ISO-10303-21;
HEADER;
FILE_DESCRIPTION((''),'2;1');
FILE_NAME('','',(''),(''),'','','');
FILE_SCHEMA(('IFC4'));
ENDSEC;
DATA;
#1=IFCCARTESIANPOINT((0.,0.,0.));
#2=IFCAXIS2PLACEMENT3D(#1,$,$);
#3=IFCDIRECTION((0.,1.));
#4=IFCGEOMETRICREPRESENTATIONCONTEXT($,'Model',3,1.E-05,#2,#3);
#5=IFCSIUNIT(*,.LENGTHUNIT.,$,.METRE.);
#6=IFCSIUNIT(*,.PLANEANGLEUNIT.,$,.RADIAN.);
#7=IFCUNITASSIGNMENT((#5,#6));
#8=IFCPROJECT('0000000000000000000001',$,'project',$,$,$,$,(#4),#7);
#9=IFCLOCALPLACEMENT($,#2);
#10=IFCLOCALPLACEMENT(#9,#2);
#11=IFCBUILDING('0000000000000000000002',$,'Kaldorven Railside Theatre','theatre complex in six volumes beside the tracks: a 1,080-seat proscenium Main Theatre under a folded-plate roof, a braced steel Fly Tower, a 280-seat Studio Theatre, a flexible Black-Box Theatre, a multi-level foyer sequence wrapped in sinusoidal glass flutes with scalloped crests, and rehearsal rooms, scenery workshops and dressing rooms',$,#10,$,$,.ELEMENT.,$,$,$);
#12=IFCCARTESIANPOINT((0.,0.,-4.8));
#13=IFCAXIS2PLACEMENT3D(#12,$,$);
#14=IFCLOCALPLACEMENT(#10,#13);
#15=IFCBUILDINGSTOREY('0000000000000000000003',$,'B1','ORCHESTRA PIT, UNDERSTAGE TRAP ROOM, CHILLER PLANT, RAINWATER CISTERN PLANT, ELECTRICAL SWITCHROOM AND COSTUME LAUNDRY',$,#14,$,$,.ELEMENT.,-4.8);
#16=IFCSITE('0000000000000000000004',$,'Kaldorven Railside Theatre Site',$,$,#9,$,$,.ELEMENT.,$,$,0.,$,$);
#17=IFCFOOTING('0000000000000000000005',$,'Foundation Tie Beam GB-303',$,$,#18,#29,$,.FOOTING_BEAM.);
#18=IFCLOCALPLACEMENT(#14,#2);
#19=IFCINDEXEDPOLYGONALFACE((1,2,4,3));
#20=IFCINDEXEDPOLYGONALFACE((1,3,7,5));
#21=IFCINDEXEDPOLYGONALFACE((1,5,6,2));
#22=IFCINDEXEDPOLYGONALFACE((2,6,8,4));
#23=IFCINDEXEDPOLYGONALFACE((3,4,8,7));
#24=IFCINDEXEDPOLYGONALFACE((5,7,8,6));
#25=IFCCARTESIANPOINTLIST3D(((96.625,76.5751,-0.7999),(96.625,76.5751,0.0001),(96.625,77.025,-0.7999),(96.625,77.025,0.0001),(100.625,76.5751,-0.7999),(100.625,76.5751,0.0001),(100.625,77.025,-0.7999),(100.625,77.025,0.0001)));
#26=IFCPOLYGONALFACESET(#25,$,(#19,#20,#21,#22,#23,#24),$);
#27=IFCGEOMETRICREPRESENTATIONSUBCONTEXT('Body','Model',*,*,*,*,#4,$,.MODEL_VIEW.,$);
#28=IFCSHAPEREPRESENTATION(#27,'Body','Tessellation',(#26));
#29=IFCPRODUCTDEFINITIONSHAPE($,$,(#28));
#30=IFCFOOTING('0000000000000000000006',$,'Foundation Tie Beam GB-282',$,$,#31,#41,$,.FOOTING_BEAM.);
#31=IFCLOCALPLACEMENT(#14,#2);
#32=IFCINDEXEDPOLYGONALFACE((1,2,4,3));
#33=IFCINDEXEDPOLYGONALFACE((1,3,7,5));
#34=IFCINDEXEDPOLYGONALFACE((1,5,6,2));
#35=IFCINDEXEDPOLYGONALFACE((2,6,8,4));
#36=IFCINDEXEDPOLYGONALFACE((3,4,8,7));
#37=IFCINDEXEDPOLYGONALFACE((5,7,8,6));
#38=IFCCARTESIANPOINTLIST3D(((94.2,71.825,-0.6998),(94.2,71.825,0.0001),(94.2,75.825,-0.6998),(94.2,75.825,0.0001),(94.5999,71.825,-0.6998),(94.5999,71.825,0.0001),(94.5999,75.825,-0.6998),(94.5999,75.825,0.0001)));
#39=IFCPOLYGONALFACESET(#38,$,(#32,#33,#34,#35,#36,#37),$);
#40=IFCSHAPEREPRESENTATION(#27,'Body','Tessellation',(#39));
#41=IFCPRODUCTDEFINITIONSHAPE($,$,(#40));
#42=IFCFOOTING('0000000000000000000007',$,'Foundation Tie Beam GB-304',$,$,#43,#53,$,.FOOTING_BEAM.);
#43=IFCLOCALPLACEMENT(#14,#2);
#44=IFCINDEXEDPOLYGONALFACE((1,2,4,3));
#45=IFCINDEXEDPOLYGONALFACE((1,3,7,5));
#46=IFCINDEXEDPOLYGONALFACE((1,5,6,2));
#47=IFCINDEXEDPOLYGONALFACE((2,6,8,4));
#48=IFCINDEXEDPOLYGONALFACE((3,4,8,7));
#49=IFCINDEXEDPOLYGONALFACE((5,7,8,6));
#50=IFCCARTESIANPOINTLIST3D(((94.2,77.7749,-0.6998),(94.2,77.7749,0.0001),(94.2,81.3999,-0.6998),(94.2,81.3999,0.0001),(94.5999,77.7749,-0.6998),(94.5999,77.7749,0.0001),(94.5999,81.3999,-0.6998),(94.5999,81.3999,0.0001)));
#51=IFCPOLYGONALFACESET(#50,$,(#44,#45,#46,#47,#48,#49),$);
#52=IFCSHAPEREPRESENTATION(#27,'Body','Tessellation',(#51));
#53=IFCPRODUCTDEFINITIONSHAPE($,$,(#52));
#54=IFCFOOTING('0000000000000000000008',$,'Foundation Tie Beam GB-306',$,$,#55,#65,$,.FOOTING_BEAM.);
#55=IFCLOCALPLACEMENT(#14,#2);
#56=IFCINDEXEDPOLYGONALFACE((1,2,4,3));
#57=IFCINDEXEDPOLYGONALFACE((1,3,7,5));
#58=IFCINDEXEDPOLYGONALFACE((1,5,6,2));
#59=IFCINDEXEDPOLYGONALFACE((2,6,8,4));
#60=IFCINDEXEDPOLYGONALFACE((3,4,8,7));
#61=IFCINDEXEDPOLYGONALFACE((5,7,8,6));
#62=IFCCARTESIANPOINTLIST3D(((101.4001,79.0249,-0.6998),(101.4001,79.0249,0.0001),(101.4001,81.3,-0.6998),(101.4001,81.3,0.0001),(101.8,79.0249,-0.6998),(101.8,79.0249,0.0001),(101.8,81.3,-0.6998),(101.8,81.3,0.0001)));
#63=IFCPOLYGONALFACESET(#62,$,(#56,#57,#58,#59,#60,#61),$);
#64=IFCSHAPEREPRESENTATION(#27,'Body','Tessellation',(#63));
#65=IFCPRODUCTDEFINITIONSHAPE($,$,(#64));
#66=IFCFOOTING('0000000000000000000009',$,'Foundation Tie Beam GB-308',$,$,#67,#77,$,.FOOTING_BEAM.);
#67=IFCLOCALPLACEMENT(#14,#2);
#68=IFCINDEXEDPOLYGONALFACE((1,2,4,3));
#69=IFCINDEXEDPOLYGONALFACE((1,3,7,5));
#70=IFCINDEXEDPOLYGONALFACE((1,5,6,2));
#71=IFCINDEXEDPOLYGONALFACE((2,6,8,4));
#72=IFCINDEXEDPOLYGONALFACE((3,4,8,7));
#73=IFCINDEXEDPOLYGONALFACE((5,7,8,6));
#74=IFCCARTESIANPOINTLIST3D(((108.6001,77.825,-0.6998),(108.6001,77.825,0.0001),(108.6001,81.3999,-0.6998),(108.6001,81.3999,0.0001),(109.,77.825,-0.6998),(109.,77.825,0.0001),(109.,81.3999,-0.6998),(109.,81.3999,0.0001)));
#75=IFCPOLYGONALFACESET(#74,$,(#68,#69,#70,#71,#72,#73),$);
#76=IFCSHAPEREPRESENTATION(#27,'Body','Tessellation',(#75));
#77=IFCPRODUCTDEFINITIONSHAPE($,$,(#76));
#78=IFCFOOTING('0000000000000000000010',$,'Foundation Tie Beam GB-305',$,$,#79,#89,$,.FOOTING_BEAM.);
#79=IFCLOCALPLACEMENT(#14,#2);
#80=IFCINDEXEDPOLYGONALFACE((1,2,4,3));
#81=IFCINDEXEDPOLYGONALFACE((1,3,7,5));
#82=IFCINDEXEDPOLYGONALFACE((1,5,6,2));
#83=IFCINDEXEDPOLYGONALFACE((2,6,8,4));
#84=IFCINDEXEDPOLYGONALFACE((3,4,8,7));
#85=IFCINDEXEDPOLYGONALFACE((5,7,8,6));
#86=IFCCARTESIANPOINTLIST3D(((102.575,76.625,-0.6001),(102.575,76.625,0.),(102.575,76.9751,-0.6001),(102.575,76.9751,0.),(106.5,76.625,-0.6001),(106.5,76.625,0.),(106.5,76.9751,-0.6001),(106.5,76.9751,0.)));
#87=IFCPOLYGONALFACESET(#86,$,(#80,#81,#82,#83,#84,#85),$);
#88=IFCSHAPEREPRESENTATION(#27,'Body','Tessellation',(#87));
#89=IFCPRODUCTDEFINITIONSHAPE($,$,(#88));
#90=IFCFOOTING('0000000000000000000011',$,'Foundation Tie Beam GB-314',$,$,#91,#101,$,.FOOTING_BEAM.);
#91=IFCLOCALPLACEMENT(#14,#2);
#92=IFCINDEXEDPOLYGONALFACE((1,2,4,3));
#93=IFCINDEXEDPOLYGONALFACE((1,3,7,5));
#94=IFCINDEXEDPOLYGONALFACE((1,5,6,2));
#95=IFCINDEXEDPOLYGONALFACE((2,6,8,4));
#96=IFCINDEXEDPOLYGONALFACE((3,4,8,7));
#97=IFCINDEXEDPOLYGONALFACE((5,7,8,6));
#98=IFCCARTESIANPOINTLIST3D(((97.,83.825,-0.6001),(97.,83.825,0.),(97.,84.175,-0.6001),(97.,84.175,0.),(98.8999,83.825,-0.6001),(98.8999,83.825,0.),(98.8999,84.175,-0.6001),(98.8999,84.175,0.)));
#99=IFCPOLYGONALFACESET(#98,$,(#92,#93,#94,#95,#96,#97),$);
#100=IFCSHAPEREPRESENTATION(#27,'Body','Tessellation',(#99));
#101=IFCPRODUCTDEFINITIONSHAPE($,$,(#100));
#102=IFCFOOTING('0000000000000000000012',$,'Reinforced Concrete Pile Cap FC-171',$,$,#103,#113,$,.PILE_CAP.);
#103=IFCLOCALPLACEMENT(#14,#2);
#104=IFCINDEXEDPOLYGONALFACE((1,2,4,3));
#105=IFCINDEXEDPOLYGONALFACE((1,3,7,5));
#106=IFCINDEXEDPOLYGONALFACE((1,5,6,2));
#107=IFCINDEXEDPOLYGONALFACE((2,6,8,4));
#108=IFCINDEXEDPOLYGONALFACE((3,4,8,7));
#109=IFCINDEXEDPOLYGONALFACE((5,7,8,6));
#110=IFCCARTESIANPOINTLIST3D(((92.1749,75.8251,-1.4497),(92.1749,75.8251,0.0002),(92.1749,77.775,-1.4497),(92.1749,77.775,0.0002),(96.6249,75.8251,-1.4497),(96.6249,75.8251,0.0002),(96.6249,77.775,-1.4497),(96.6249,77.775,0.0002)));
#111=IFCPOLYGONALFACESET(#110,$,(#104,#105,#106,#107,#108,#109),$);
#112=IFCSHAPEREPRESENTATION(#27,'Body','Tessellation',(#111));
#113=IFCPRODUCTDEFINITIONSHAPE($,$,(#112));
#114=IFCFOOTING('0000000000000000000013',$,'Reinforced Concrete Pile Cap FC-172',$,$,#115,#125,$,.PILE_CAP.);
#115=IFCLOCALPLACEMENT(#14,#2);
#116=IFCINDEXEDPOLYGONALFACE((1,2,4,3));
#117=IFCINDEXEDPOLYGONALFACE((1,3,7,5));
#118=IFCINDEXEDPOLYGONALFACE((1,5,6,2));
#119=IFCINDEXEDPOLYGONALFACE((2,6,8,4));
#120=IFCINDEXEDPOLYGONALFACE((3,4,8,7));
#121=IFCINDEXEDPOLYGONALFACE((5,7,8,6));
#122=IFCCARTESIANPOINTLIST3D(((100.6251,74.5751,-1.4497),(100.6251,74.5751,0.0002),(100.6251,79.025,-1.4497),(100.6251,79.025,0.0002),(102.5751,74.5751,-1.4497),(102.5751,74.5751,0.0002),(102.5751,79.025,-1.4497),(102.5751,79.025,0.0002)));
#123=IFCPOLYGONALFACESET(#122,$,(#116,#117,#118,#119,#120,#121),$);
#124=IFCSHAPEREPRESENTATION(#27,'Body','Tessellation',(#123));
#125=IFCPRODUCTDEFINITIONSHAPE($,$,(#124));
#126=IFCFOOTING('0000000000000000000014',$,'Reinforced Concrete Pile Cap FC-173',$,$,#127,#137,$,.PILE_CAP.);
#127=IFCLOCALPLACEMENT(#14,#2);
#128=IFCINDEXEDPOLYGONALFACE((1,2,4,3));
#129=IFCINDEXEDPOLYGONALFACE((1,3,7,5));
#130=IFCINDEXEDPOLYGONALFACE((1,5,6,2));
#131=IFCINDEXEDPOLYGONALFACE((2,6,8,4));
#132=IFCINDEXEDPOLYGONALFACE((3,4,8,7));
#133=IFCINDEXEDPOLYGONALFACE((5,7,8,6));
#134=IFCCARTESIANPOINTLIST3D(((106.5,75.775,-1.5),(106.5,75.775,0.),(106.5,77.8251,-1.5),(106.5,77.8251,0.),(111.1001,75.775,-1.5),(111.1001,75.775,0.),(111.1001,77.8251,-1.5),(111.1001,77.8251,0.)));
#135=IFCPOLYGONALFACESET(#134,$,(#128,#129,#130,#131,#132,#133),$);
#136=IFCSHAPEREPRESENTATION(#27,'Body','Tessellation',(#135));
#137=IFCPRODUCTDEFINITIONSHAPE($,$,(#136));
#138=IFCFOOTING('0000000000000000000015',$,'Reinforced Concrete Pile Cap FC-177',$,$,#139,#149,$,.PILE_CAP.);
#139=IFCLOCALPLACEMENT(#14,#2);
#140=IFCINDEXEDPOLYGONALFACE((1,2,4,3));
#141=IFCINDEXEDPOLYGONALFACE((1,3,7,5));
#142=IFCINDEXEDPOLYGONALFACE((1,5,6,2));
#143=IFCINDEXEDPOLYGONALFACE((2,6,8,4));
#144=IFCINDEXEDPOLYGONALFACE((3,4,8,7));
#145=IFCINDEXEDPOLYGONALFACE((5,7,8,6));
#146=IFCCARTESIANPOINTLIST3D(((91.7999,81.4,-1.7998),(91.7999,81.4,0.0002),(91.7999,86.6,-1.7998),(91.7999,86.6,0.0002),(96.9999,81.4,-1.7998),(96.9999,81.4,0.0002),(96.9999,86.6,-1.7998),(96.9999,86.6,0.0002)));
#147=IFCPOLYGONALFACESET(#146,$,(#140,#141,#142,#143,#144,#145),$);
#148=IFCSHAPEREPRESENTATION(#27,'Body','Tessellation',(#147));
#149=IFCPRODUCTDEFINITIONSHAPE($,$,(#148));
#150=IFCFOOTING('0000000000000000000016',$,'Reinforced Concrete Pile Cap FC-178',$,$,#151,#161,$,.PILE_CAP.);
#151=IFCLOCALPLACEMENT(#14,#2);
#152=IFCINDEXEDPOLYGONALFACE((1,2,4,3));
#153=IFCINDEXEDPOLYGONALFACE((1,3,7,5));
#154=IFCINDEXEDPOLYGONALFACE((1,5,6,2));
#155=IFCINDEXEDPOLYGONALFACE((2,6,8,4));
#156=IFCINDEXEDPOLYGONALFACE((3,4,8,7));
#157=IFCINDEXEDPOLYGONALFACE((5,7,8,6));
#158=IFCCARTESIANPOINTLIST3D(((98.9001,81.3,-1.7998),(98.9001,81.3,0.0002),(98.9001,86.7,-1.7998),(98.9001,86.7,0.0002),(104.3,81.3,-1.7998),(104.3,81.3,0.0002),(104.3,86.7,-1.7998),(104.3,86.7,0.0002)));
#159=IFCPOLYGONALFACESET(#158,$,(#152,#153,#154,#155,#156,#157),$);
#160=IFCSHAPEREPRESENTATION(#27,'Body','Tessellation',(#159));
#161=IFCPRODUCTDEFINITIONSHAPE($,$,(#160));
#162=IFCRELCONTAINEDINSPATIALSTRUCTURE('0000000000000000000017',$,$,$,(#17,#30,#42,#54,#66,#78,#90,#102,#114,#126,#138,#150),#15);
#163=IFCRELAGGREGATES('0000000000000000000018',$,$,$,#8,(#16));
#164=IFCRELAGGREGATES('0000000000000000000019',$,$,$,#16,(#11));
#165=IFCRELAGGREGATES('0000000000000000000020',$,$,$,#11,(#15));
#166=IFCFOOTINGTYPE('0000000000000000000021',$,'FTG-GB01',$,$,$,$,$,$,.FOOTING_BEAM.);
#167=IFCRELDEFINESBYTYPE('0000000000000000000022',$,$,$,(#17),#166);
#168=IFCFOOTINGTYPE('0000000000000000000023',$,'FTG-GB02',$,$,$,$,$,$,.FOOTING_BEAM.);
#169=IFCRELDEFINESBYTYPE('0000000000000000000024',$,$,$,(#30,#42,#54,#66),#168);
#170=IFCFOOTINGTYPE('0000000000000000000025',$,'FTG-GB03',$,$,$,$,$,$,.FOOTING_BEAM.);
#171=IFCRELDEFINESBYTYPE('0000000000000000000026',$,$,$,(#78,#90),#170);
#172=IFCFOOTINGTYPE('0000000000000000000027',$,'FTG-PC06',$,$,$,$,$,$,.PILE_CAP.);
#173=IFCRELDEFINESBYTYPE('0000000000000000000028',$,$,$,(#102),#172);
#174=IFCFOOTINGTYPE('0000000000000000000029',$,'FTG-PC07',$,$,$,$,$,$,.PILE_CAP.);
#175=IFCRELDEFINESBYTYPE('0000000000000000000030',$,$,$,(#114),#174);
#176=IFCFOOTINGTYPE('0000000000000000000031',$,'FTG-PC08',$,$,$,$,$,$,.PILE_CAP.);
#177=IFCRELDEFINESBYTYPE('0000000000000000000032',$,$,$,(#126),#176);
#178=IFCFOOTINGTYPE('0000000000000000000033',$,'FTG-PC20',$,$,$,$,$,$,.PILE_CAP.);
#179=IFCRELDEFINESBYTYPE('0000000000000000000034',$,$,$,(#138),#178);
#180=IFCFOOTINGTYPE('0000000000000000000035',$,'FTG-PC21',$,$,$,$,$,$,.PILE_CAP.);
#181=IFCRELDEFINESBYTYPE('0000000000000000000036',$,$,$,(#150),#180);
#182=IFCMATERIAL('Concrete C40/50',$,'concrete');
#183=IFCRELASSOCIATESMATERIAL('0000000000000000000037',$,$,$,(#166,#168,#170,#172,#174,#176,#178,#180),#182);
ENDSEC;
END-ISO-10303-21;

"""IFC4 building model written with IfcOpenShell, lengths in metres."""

from ifc_helpers import new_model, si_unit, direction, frame, origin, origin_2d, place, context, subcontext, project, spatial, rectangle, extrude, material, material_profile, profile_set, type_object, element, save


model = new_model("IFC4")

# Units and contexts
model_context = context("Model", 3, precision=1e-05, world=origin(), true_north=direction((0.0, 1.0)))
body_context = subcontext(model_context, "Body", "Model", "MODEL_VIEW")
ifc_project = project(units=[si_unit("LENGTHUNIT", "METRE"), si_unit("PLANEANGLEUNIT", "RADIAN")], contexts=[model_context])

# Site, building, storey
site_placement = place(None, origin())
site = spatial("IfcSite", under=ifc_project, at=site_placement, Name="Kaldorven Railside Theatre Site", CompositionType="ELEMENT", RefElevation=0.0)
building_placement = place(site_placement, origin())
building = spatial("IfcBuilding", under=site, at=building_placement, Name="Kaldorven Railside Theatre", Description="theatre complex in six volumes beside the tracks: a 1,080-seat proscenium Main Theatre under a folded-plate roof, a braced steel Fly Tower, a 280-seat Studio Theatre, a flexible Black-Box Theatre, a multi-level foyer sequence wrapped in sinusoidal glass flutes with scalloped crests, and rehearsal rooms, scenery workshops and dressing rooms", CompositionType="ELEMENT")
storey_placement = place(building_placement, frame((0.0, 0.0, -4.8)))
storey = spatial("IfcBuildingStorey", under=building, at=storey_placement, Name="B1", Description="ORCHESTRA PIT, UNDERSTAGE TRAP ROOM, CHILLER PLANT, RAINWATER CISTERN PLANT, ELECTRICAL SWITCHROOM AND COSTUME LAUNDRY", CompositionType="ELEMENT", Elevation=-4.8)

# Footings
ifc_material_1 = material(Name="Concrete C40/50", Category="concrete")
ifc_material_profile_1 = material_profile(ifc_material_1, rectangle(XDim=0.45, YDim=0.8, at=origin_2d()), Name="RC 450x800")
ifc_profile_set_1 = profile_set([ifc_material_profile_1], Name="Concrete C40/50")
footing_type_1 = type_object("IfcFootingType", Name="FTG-GB01", PredefinedType="FOOTING_BEAM", material=ifc_profile_set_1)
footing_1_placement = place(storey_placement, frame((96.625, 76.8, -0.3999), z_axis=(1.0, 0.0, 0.0), x_axis=(0.0, 1.0, 0.0)))
element("IfcFooting", 1, at=footing_1_placement, inside=storey, type_object=footing_type_1, Name="Foundation Tie Beam GB-303", PredefinedType="FOOTING_BEAM", context=body_context, shape_type="SweptSolid", body=[
    extrude(rectangle(XDim=0.45, YDim=0.8, at=origin_2d()), origin(), (0.0, 0.0, 1.0), 4.0),
])
ifc_material_profile_2 = material_profile(ifc_material_1, rectangle(XDim=0.3999, YDim=0.7, at=origin_2d()), Name="RC 400x700")
ifc_profile_set_2 = profile_set([ifc_material_profile_2], Name="Concrete C40/50")
footing_type_2 = type_object("IfcFootingType", Name="FTG-GB02", PredefinedType="FOOTING_BEAM", material=ifc_profile_set_2)
footing_2_placement = place(storey_placement, frame((94.3999, 71.825, -0.3499), z_axis=(0.0, 1.0, 0.0), x_axis=(-1.0, 0.0, 0.0)))
element("IfcFooting", 2, at=footing_2_placement, inside=storey, type_object=footing_type_2, Name="Foundation Tie Beam GB-282", PredefinedType="FOOTING_BEAM", context=body_context, shape_type="SweptSolid", body=[
    extrude(rectangle(XDim=0.3999, YDim=0.7, at=origin_2d()), origin(), (0.0, 0.0, 1.0), 4.0),
])
footing_3_placement = place(storey_placement, frame((94.3999, 77.7749, -0.3499), z_axis=(0.0, 1.0, 0.0), x_axis=(-1.0, 0.0, 0.0)))
element("IfcFooting", 3, at=footing_3_placement, inside=storey, type_object=footing_type_2, Name="Foundation Tie Beam GB-304", PredefinedType="FOOTING_BEAM", context=body_context, shape_type="SweptSolid", body=[
    extrude(rectangle(XDim=0.3999, YDim=0.7, at=origin_2d()), origin(), (0.0, 0.0, 1.0), 3.625),
])
footing_4_placement = place(storey_placement, frame((101.6001, 79.0249, -0.3499), z_axis=(0.0, 1.0, 0.0), x_axis=(-1.0, 0.0, 0.0)))
element("IfcFooting", 4, at=footing_4_placement, inside=storey, type_object=footing_type_2, Name="Foundation Tie Beam GB-306", PredefinedType="FOOTING_BEAM", context=body_context, shape_type="SweptSolid", body=[
    extrude(rectangle(XDim=0.3999, YDim=0.7, at=origin_2d()), origin(), (0.0, 0.0, 1.0), 2.2751),
])
footing_5_placement = place(storey_placement, frame((108.8, 77.825, -0.3499), z_axis=(0.0, 1.0, 0.0), x_axis=(-1.0, 0.0, 0.0)))
element("IfcFooting", 5, at=footing_5_placement, inside=storey, type_object=footing_type_2, Name="Foundation Tie Beam GB-308", PredefinedType="FOOTING_BEAM", context=body_context, shape_type="SweptSolid", body=[
    extrude(rectangle(XDim=0.3999, YDim=0.7, at=origin_2d()), origin(), (0.0, 0.0, 1.0), 3.575),
])
ifc_material_profile_3 = material_profile(ifc_material_1, rectangle(XDim=0.3501, YDim=0.6001, at=origin_2d()), Name="RC 350x600")
ifc_profile_set_3 = profile_set([ifc_material_profile_3], Name="Concrete C40/50")
footing_type_3 = type_object("IfcFootingType", Name="FTG-GB03", PredefinedType="FOOTING_BEAM", material=ifc_profile_set_3)
footing_6_placement = place(storey_placement, frame((102.575, 76.8, -0.3), z_axis=(1.0, 0.0, 0.0), x_axis=(0.0, 1.0, 0.0)))
element("IfcFooting", 6, at=footing_6_placement, inside=storey, type_object=footing_type_3, Name="Foundation Tie Beam GB-305", PredefinedType="FOOTING_BEAM", context=body_context, shape_type="SweptSolid", body=[
    extrude(rectangle(XDim=0.3501, YDim=0.6001, at=origin_2d()), origin(), (0.0, 0.0, 1.0), 3.925),
])
footing_7_placement = place(storey_placement, frame((97.0, 84.0, -0.3), z_axis=(1.0, 0.0, 0.0), x_axis=(0.0, 1.0, 0.0)))
element("IfcFooting", 7, at=footing_7_placement, inside=storey, type_object=footing_type_3, Name="Foundation Tie Beam GB-314", PredefinedType="FOOTING_BEAM", context=body_context, shape_type="SweptSolid", body=[
    extrude(rectangle(XDim=0.3501, YDim=0.6001, at=origin_2d()), origin(), (0.0, 0.0, 1.0), 1.8999),
])
footing_type_4 = type_object("IfcFootingType", Name="FTG-PC06", PredefinedType="PILE_CAP", material=ifc_material_1)
footing_8_placement = place(storey_placement, frame((94.3999, 76.8, -1.4497), z_axis=(0.0, 0.0, 1.0), x_axis=(1.0, 0.0, 0.0)))
element("IfcFooting", 8, at=footing_8_placement, inside=storey, type_object=footing_type_4, Name="Reinforced Concrete Pile Cap FC-171", PredefinedType="PILE_CAP", context=body_context, shape_type="SweptSolid", body=[
    extrude(rectangle(XDim=4.45, YDim=1.95, at=origin_2d()), origin(), (0.0, 0.0, 1.0), 1.45),
])
footing_type_5 = type_object("IfcFootingType", Name="FTG-PC07", PredefinedType="PILE_CAP", material=ifc_material_1)
footing_9_placement = place(storey_placement, frame((101.6001, 76.8, -1.4497), z_axis=(0.0, 0.0, 1.0), x_axis=(1.0, 0.0, 0.0)))
element("IfcFooting", 9, at=footing_9_placement, inside=storey, type_object=footing_type_5, Name="Reinforced Concrete Pile Cap FC-172", PredefinedType="PILE_CAP", context=body_context, shape_type="SweptSolid", body=[
    extrude(rectangle(XDim=1.95, YDim=4.45, at=origin_2d()), origin(), (0.0, 0.0, 1.0), 1.45),
])
footing_type_6 = type_object("IfcFootingType", Name="FTG-PC08", PredefinedType="PILE_CAP", material=ifc_material_1)
footing_10_placement = place(storey_placement, frame((108.8, 76.8, -1.5), z_axis=(0.0, 0.0, 1.0), x_axis=(1.0, 0.0, 0.0)))
element("IfcFooting", 10, at=footing_10_placement, inside=storey, type_object=footing_type_6, Name="Reinforced Concrete Pile Cap FC-173", PredefinedType="PILE_CAP", context=body_context, shape_type="SweptSolid", body=[
    extrude(rectangle(XDim=4.6001, YDim=2.05, at=origin_2d()), origin(), (0.0, 0.0, 1.0), 1.5),
])
footing_type_7 = type_object("IfcFootingType", Name="FTG-PC20", PredefinedType="PILE_CAP", material=ifc_material_1)
footing_11_placement = place(storey_placement, frame((94.3999, 84.0, -1.7998), z_axis=(0.0, 0.0, 1.0), x_axis=(1.0, 0.0, 0.0)))
element("IfcFooting", 11, at=footing_11_placement, inside=storey, type_object=footing_type_7, Name="Reinforced Concrete Pile Cap FC-177", PredefinedType="PILE_CAP", context=body_context, shape_type="SweptSolid", body=[
    extrude(rectangle(XDim=5.2, YDim=5.2, at=origin_2d()), origin(), (0.0, 0.0, 1.0), 1.8),
])
footing_type_8 = type_object("IfcFootingType", Name="FTG-PC21", PredefinedType="PILE_CAP", material=ifc_material_1)
footing_12_placement = place(storey_placement, frame((101.6001, 84.0, -1.7998), z_axis=(0.0, 0.0, 1.0), x_axis=(1.0, 0.0, 0.0)))
element("IfcFooting", 12, at=footing_12_placement, inside=storey, type_object=footing_type_8, Name="Reinforced Concrete Pile Cap FC-178", PredefinedType="PILE_CAP", context=body_context, shape_type="SweptSolid", body=[
    extrude(rectangle(XDim=5.3999, YDim=5.3999, at=origin_2d()), origin(), (0.0, 0.0, 1.0), 1.8),
])

save(model, "model.ifc")
